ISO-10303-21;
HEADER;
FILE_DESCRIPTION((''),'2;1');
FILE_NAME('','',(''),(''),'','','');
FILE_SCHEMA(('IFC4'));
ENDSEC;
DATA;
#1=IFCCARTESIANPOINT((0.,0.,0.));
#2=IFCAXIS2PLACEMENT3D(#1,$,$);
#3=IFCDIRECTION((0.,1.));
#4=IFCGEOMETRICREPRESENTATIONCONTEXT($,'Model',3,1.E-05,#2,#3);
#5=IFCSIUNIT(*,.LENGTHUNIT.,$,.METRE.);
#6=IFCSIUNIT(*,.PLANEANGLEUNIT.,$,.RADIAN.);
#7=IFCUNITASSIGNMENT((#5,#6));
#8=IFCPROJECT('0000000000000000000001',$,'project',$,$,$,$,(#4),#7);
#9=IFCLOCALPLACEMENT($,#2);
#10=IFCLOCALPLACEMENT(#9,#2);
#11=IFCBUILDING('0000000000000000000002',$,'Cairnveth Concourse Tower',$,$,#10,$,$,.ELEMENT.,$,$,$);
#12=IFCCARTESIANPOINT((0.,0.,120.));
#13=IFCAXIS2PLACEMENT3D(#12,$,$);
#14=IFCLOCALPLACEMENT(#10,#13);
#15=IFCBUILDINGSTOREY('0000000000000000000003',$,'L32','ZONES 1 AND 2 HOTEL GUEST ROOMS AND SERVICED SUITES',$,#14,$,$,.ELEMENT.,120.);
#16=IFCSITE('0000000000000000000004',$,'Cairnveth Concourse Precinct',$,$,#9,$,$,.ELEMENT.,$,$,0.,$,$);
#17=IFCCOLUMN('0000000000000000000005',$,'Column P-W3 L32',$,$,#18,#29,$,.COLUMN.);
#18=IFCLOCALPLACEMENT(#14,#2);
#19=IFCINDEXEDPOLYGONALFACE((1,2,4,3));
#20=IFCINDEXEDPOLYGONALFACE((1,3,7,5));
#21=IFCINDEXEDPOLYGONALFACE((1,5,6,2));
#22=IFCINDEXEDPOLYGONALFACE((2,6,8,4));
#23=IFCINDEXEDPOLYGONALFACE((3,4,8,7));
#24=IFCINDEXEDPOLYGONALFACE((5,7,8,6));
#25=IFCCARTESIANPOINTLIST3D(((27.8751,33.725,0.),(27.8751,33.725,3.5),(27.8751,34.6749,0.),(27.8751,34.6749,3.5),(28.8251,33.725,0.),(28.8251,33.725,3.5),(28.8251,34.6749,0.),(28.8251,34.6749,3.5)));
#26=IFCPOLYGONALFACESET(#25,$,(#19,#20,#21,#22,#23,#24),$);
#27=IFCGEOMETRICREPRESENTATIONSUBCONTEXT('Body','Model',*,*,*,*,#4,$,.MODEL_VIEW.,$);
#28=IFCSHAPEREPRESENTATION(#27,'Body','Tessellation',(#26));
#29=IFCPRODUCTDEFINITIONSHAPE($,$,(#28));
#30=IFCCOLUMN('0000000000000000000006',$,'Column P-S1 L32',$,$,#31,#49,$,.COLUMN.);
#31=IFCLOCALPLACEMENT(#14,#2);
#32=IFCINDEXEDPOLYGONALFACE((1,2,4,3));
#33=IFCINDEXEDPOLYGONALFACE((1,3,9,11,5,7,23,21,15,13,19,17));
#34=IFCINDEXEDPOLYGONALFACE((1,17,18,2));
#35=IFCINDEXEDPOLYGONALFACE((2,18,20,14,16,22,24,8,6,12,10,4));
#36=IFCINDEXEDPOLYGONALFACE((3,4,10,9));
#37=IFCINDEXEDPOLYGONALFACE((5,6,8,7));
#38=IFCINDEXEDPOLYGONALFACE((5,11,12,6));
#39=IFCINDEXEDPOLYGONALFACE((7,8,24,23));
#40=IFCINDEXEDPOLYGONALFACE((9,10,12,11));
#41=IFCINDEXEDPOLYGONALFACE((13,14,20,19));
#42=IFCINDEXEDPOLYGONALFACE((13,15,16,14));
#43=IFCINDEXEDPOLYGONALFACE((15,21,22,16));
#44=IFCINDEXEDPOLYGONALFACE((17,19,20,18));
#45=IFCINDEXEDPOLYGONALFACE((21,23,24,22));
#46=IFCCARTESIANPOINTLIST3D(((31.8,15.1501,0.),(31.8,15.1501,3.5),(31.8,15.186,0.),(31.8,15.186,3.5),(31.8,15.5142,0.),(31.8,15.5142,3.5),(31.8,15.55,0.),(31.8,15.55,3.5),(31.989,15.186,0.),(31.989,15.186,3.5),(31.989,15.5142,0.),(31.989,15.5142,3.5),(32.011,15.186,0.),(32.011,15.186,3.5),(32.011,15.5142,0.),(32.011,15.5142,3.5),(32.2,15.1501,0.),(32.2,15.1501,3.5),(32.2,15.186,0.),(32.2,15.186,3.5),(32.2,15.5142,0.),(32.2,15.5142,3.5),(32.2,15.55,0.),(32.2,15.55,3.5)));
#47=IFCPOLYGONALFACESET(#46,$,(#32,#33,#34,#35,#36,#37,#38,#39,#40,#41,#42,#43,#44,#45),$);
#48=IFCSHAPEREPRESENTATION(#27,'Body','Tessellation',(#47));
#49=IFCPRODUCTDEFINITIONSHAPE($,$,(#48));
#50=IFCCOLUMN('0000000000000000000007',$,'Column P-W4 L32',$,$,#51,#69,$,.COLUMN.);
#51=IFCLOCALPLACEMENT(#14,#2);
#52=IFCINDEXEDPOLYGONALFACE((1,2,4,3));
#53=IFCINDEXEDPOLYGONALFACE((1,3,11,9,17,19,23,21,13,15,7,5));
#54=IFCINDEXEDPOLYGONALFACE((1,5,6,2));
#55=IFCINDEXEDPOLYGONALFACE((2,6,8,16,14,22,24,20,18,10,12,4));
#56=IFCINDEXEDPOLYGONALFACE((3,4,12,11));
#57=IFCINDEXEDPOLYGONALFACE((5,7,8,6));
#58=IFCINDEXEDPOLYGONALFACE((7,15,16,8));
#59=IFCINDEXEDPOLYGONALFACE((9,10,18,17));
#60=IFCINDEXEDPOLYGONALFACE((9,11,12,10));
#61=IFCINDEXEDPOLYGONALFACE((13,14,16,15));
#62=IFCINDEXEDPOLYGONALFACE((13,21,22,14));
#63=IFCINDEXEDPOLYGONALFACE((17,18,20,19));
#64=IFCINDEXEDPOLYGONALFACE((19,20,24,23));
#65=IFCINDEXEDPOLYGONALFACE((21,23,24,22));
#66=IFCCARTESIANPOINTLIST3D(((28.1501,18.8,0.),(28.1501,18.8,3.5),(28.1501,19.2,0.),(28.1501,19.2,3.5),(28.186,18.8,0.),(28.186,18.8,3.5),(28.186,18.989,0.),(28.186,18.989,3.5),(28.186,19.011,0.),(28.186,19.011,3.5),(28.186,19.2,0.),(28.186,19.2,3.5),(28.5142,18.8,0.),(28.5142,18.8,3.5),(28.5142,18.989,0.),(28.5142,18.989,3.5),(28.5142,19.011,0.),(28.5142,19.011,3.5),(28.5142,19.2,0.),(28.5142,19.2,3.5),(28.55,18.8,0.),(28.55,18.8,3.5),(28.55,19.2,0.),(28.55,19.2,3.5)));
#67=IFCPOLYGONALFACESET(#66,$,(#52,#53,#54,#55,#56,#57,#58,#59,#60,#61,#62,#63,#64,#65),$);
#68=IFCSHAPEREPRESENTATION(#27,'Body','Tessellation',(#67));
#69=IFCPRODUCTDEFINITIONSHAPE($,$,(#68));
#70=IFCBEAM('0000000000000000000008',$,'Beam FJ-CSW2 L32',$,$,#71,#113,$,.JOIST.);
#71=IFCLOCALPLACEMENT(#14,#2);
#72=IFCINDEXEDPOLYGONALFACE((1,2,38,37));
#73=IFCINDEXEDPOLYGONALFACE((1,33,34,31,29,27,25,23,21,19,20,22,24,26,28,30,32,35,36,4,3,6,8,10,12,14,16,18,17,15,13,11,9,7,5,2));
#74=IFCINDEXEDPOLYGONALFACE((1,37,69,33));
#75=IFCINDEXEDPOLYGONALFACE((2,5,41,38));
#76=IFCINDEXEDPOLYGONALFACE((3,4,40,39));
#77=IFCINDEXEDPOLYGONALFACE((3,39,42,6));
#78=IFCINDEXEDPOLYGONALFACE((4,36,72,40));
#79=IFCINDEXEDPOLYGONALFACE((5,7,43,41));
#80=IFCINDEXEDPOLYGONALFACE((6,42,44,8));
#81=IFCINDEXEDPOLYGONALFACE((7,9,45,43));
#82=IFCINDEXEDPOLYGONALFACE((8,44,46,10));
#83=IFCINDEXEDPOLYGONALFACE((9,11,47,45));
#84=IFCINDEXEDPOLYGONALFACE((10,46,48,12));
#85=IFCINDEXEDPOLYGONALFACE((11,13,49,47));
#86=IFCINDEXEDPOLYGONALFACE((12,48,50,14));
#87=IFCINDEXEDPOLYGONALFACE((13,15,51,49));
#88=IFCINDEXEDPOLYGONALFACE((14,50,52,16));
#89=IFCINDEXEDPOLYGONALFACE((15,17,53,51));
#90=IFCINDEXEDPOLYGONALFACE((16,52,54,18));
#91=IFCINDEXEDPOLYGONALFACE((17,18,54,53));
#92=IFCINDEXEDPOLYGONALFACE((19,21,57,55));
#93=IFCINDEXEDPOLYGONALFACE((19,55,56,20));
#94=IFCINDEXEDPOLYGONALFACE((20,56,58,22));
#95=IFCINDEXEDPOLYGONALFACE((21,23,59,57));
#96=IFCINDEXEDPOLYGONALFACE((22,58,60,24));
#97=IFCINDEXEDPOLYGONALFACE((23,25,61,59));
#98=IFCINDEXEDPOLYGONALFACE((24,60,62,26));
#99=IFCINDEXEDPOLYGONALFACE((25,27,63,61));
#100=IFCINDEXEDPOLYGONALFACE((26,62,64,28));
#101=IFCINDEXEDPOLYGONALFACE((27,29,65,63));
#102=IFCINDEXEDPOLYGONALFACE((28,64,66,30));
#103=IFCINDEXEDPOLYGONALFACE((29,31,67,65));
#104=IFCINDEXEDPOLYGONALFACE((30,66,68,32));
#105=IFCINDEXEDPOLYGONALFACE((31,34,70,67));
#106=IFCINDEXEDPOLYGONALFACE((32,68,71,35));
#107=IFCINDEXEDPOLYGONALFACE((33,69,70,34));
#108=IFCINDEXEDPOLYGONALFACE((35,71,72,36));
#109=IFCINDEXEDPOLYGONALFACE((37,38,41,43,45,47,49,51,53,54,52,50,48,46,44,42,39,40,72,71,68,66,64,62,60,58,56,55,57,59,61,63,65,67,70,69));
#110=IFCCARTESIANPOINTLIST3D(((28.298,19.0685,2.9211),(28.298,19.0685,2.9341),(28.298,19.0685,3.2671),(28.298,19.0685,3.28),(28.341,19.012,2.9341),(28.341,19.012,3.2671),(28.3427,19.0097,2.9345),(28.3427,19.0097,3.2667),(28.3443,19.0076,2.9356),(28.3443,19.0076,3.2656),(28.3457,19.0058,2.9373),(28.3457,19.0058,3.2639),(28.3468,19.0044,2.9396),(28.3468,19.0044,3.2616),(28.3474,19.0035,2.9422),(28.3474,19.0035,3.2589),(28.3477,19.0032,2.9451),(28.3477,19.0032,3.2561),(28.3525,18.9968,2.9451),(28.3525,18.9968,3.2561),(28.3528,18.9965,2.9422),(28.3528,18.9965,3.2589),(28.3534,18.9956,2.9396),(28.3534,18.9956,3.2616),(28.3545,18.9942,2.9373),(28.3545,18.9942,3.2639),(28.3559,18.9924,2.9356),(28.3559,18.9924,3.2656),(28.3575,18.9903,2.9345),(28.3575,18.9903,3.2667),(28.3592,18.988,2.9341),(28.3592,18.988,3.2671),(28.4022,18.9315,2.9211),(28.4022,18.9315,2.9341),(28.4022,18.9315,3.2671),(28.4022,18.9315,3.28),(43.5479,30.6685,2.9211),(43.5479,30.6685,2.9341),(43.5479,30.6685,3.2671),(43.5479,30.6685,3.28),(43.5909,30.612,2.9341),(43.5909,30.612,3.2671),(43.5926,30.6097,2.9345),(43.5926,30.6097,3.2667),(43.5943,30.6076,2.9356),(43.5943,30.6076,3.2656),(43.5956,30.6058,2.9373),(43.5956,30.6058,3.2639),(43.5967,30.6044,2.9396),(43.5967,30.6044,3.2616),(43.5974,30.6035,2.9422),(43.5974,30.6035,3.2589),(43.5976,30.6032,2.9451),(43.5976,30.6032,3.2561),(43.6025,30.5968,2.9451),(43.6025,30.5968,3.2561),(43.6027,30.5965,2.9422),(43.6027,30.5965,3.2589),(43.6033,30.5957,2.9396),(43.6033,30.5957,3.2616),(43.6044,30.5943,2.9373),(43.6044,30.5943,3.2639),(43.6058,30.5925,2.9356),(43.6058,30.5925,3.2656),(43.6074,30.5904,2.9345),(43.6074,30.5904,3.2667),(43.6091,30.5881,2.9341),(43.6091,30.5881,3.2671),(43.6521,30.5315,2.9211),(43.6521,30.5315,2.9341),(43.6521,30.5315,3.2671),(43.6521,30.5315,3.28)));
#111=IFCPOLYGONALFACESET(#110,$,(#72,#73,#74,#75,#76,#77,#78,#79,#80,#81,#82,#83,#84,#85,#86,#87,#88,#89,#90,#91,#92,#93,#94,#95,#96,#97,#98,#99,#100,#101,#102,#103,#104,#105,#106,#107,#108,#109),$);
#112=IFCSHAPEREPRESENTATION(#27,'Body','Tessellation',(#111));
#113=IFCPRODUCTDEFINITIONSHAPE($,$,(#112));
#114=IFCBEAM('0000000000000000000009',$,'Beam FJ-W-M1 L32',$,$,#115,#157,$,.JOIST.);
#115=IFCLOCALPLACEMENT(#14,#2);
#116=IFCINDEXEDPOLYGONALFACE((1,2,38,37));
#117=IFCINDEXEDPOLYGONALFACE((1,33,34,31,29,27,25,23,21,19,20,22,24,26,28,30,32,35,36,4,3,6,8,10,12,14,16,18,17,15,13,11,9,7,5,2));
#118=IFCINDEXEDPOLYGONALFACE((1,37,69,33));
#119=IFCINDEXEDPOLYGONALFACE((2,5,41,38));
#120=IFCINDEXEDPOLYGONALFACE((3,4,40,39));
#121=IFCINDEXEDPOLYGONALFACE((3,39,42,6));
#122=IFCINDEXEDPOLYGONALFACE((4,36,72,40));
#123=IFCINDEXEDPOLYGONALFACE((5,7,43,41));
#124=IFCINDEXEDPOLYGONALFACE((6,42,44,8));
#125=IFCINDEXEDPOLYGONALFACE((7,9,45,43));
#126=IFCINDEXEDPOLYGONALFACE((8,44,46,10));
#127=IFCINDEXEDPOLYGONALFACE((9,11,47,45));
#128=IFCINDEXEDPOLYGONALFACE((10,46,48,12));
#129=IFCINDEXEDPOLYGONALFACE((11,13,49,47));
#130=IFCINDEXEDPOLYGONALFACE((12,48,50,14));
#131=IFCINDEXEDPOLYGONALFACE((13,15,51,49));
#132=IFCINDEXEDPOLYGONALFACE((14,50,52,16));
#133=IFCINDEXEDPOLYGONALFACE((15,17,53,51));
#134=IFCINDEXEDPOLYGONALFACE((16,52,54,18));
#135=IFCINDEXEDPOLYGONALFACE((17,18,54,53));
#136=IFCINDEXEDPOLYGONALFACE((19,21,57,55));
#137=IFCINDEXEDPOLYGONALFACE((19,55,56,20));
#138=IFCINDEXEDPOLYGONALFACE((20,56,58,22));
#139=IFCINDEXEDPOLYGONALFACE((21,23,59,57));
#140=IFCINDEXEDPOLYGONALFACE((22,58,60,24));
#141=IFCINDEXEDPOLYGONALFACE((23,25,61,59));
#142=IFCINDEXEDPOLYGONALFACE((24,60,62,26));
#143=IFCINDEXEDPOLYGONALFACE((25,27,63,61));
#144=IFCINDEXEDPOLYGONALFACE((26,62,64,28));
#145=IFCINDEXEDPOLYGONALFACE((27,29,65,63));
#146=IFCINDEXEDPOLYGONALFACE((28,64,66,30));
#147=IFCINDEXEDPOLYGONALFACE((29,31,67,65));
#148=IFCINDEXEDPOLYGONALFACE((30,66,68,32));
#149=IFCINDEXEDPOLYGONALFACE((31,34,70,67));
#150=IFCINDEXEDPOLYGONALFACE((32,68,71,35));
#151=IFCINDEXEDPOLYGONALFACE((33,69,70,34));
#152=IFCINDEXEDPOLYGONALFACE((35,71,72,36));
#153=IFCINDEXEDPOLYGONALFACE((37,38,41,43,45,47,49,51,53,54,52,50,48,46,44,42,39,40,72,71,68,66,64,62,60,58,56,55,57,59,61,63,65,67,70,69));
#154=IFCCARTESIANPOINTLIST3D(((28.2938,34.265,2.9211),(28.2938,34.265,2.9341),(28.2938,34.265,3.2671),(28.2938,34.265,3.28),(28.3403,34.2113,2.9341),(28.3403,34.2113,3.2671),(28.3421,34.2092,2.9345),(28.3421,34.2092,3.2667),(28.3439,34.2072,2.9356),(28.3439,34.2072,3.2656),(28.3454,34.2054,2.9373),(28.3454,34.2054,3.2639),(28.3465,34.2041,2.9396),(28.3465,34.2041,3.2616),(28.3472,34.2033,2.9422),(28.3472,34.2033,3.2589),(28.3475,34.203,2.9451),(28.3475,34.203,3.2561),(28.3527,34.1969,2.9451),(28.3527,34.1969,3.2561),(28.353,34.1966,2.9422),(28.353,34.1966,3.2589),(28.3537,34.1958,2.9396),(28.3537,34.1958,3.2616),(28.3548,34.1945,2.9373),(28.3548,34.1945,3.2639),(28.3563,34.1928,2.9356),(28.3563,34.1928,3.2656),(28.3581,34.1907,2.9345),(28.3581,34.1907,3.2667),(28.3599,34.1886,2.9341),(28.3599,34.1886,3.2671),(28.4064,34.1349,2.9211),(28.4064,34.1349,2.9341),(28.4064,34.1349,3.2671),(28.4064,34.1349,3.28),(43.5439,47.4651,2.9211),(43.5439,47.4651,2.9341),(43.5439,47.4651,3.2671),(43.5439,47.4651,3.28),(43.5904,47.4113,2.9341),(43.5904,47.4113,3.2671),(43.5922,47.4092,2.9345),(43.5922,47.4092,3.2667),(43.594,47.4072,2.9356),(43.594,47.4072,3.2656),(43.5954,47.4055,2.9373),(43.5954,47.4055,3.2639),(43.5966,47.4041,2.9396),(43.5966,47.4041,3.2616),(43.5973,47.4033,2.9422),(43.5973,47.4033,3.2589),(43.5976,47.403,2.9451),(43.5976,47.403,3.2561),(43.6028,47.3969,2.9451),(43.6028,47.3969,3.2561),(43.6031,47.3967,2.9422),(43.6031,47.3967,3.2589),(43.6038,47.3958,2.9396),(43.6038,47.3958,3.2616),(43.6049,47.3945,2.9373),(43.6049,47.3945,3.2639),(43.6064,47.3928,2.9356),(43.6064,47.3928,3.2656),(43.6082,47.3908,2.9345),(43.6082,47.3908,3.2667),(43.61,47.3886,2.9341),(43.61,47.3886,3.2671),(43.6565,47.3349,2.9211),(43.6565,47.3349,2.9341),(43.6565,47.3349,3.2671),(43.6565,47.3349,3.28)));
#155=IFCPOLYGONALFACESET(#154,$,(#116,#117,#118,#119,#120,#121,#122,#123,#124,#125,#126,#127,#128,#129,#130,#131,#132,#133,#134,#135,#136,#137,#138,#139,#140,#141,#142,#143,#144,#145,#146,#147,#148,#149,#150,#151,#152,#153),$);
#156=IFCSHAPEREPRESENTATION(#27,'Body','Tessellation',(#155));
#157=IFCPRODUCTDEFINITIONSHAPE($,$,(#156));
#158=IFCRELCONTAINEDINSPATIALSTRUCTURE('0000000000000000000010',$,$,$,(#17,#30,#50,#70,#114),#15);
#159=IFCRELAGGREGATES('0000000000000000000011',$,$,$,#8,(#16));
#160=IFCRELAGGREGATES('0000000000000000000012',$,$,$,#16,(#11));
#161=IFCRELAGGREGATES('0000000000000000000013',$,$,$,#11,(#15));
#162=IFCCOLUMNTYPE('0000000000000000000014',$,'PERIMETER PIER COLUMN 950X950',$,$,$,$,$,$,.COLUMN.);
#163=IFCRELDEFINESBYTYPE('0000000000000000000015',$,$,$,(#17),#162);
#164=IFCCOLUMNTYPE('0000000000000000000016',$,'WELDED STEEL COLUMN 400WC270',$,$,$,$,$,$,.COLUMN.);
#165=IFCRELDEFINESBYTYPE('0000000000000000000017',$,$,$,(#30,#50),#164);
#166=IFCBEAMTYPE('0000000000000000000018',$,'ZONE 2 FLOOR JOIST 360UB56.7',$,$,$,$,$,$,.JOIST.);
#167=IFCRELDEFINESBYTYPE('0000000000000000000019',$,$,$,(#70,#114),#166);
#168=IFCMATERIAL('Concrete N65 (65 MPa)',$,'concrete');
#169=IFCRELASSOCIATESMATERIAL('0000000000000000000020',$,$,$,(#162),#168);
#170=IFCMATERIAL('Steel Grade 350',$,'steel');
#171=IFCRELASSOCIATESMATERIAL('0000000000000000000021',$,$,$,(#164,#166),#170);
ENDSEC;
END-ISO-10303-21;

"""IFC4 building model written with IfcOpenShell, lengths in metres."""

from ifc_helpers import new_model, si_unit, direction, frame, origin, origin_2d, place, context, subcontext, project, spatial, rectangle, i_section, extrude, material, material_profile, profile_set, type_object, element, save


model = new_model("IFC4")

# Units and contexts
model_context = context("Model", 3, precision=1e-05, world=origin(), true_north=direction((0.0, 1.0)))
body_context = subcontext(model_context, "Body", "Model", "MODEL_VIEW")
ifc_project = project(units=[si_unit("LENGTHUNIT", "METRE"), si_unit("PLANEANGLEUNIT", "RADIAN")], contexts=[model_context])

# Site, building, storey
site_placement = place(None, origin())
site = spatial("IfcSite", under=ifc_project, at=site_placement, Name="Cairnveth Concourse Precinct", CompositionType="ELEMENT", RefElevation=0.0)
building_placement = place(site_placement, origin())
building = spatial("IfcBuilding", under=site, at=building_placement, Name="Cairnveth Concourse Tower", CompositionType="ELEMENT")
storey_placement = place(building_placement, frame((0.0, 0.0, 120.0)))
storey = spatial("IfcBuildingStorey", under=building, at=storey_placement, Name="L32", Description="ZONES 1 AND 2 HOTEL GUEST ROOMS AND SERVICED SUITES", CompositionType="ELEMENT", Elevation=120.0)

# Columns
ifc_material_1 = material(Name="Concrete N65 (65 MPa)", Category="concrete")
ifc_material_profile_1 = material_profile(ifc_material_1, rectangle(XDim=0.95, YDim=0.95, at=origin_2d()), Name="RC-COL-950x950")
ifc_profile_set_1 = profile_set([ifc_material_profile_1], Name="Concrete N65 (65 MPa)")
column_type_1 = type_object("IfcColumnType", Name="PERIMETER PIER COLUMN 950X950", PredefinedType="COLUMN", material=ifc_profile_set_1)
column_placement = place(storey_placement, frame((28.3501, 34.2, 0.0), z_axis=(0.0, 0.0, 1.0), x_axis=(0.0, 1.0, 0.0)))
element("IfcColumn", 1, at=column_placement, inside=storey, type_object=column_type_1, Name="Column P-W3 L32", PredefinedType="COLUMN", context=body_context, shape_type="SweptSolid", body=[
    extrude(rectangle(XDim=0.95, YDim=0.95, at=origin_2d()), origin(), (0.0, 0.0, 1.0), 3.5),
])
ifc_material_2 = material(Name="Steel Grade 350", Category="steel")
ifc_material_profile_2 = material_profile(ifc_material_2, i_section(OverallWidth=0.3999, OverallDepth=0.3999, WebThickness=0.022, FlangeThickness=0.0359, at=origin_2d()), Name="400WC270")
ifc_profile_set_2 = profile_set([ifc_material_profile_2], Name="Steel Grade 350")
column_type_2 = type_object("IfcColumnType", Name="WELDED STEEL COLUMN 400WC270", PredefinedType="COLUMN", material=ifc_profile_set_2)
for number, where, z_axis, x_axis, name in (
    (2, (32.0, 15.3501, 0.0), (0.0, 0.0, 1.0), (1.0, 0.0, 0.0), "Column P-S1 L32"),
    (3, (28.3501, 19.0, 0.0), (0.0, 0.0, 1.0), (0.0, 1.0, 0.0), "Column P-W4 L32"),
):
    element("IfcColumn", number, at=place(storey_placement, frame(where, z_axis=z_axis, x_axis=x_axis)), inside=storey, type_object=column_type_2, Name=name, PredefinedType="COLUMN", context=body_context, shape_type="SweptSolid", body=[
        extrude(i_section(OverallWidth=0.3999, OverallDepth=0.3999, WebThickness=0.022, FlangeThickness=0.0359, at=origin_2d()), origin(), (0.0, 0.0, 1.0), 3.5),
    ])

# Beams
ifc_material_profile_3 = material_profile(ifc_material_2, i_section(OverallWidth=0.1721, OverallDepth=0.3589, WebThickness=0.0081, FlangeThickness=0.0129, FilletRadius=0.011, at=origin_2d()), Name="360UB56.7")
ifc_profile_set_3 = profile_set([ifc_material_profile_3], Name="Steel Grade 350")
beam_type_1 = type_object("IfcBeamType", Name="ZONE 2 FLOOR JOIST 360UB56.7", PredefinedType="JOIST", material=ifc_profile_set_3)
beam_1_placement = place(storey_placement, frame((28.3501, 19.0, 3.1006), z_axis=(0.795908, 0.605417, 0.0), x_axis=(-0.605417, 0.795908, 0.0)))
element("IfcBeam", 4, at=beam_1_placement, inside=storey, type_object=beam_type_1, Name="Beam FJ-CSW2 L32", PredefinedType="JOIST", context=body_context, shape_type="SweptSolid", body=[
    extrude(i_section(OverallWidth=0.1721, OverallDepth=0.3589, WebThickness=0.0081, FlangeThickness=0.0129, FilletRadius=0.011, at=origin_2d()), origin(), (0.0, 0.0, 1.0), 19.1604),
])
beam_2_placement = place(storey_placement, frame((28.3501, 34.2, 3.1006), z_axis=(0.756099, 0.654457, 0.0), x_axis=(-0.654457, 0.756099, 0.0)))
element("IfcBeam", 5, at=beam_2_placement, inside=storey, type_object=beam_type_1, Name="Beam FJ-W-M1 L32", PredefinedType="JOIST", context=body_context, shape_type="SweptSolid", body=[
    extrude(i_section(OverallWidth=0.1721, OverallDepth=0.3589, WebThickness=0.0081, FlangeThickness=0.0129, FilletRadius=0.011, at=origin_2d()), origin(), (0.0, 0.0, 1.0), 20.1694),
])

save(model, "model.ifc")
